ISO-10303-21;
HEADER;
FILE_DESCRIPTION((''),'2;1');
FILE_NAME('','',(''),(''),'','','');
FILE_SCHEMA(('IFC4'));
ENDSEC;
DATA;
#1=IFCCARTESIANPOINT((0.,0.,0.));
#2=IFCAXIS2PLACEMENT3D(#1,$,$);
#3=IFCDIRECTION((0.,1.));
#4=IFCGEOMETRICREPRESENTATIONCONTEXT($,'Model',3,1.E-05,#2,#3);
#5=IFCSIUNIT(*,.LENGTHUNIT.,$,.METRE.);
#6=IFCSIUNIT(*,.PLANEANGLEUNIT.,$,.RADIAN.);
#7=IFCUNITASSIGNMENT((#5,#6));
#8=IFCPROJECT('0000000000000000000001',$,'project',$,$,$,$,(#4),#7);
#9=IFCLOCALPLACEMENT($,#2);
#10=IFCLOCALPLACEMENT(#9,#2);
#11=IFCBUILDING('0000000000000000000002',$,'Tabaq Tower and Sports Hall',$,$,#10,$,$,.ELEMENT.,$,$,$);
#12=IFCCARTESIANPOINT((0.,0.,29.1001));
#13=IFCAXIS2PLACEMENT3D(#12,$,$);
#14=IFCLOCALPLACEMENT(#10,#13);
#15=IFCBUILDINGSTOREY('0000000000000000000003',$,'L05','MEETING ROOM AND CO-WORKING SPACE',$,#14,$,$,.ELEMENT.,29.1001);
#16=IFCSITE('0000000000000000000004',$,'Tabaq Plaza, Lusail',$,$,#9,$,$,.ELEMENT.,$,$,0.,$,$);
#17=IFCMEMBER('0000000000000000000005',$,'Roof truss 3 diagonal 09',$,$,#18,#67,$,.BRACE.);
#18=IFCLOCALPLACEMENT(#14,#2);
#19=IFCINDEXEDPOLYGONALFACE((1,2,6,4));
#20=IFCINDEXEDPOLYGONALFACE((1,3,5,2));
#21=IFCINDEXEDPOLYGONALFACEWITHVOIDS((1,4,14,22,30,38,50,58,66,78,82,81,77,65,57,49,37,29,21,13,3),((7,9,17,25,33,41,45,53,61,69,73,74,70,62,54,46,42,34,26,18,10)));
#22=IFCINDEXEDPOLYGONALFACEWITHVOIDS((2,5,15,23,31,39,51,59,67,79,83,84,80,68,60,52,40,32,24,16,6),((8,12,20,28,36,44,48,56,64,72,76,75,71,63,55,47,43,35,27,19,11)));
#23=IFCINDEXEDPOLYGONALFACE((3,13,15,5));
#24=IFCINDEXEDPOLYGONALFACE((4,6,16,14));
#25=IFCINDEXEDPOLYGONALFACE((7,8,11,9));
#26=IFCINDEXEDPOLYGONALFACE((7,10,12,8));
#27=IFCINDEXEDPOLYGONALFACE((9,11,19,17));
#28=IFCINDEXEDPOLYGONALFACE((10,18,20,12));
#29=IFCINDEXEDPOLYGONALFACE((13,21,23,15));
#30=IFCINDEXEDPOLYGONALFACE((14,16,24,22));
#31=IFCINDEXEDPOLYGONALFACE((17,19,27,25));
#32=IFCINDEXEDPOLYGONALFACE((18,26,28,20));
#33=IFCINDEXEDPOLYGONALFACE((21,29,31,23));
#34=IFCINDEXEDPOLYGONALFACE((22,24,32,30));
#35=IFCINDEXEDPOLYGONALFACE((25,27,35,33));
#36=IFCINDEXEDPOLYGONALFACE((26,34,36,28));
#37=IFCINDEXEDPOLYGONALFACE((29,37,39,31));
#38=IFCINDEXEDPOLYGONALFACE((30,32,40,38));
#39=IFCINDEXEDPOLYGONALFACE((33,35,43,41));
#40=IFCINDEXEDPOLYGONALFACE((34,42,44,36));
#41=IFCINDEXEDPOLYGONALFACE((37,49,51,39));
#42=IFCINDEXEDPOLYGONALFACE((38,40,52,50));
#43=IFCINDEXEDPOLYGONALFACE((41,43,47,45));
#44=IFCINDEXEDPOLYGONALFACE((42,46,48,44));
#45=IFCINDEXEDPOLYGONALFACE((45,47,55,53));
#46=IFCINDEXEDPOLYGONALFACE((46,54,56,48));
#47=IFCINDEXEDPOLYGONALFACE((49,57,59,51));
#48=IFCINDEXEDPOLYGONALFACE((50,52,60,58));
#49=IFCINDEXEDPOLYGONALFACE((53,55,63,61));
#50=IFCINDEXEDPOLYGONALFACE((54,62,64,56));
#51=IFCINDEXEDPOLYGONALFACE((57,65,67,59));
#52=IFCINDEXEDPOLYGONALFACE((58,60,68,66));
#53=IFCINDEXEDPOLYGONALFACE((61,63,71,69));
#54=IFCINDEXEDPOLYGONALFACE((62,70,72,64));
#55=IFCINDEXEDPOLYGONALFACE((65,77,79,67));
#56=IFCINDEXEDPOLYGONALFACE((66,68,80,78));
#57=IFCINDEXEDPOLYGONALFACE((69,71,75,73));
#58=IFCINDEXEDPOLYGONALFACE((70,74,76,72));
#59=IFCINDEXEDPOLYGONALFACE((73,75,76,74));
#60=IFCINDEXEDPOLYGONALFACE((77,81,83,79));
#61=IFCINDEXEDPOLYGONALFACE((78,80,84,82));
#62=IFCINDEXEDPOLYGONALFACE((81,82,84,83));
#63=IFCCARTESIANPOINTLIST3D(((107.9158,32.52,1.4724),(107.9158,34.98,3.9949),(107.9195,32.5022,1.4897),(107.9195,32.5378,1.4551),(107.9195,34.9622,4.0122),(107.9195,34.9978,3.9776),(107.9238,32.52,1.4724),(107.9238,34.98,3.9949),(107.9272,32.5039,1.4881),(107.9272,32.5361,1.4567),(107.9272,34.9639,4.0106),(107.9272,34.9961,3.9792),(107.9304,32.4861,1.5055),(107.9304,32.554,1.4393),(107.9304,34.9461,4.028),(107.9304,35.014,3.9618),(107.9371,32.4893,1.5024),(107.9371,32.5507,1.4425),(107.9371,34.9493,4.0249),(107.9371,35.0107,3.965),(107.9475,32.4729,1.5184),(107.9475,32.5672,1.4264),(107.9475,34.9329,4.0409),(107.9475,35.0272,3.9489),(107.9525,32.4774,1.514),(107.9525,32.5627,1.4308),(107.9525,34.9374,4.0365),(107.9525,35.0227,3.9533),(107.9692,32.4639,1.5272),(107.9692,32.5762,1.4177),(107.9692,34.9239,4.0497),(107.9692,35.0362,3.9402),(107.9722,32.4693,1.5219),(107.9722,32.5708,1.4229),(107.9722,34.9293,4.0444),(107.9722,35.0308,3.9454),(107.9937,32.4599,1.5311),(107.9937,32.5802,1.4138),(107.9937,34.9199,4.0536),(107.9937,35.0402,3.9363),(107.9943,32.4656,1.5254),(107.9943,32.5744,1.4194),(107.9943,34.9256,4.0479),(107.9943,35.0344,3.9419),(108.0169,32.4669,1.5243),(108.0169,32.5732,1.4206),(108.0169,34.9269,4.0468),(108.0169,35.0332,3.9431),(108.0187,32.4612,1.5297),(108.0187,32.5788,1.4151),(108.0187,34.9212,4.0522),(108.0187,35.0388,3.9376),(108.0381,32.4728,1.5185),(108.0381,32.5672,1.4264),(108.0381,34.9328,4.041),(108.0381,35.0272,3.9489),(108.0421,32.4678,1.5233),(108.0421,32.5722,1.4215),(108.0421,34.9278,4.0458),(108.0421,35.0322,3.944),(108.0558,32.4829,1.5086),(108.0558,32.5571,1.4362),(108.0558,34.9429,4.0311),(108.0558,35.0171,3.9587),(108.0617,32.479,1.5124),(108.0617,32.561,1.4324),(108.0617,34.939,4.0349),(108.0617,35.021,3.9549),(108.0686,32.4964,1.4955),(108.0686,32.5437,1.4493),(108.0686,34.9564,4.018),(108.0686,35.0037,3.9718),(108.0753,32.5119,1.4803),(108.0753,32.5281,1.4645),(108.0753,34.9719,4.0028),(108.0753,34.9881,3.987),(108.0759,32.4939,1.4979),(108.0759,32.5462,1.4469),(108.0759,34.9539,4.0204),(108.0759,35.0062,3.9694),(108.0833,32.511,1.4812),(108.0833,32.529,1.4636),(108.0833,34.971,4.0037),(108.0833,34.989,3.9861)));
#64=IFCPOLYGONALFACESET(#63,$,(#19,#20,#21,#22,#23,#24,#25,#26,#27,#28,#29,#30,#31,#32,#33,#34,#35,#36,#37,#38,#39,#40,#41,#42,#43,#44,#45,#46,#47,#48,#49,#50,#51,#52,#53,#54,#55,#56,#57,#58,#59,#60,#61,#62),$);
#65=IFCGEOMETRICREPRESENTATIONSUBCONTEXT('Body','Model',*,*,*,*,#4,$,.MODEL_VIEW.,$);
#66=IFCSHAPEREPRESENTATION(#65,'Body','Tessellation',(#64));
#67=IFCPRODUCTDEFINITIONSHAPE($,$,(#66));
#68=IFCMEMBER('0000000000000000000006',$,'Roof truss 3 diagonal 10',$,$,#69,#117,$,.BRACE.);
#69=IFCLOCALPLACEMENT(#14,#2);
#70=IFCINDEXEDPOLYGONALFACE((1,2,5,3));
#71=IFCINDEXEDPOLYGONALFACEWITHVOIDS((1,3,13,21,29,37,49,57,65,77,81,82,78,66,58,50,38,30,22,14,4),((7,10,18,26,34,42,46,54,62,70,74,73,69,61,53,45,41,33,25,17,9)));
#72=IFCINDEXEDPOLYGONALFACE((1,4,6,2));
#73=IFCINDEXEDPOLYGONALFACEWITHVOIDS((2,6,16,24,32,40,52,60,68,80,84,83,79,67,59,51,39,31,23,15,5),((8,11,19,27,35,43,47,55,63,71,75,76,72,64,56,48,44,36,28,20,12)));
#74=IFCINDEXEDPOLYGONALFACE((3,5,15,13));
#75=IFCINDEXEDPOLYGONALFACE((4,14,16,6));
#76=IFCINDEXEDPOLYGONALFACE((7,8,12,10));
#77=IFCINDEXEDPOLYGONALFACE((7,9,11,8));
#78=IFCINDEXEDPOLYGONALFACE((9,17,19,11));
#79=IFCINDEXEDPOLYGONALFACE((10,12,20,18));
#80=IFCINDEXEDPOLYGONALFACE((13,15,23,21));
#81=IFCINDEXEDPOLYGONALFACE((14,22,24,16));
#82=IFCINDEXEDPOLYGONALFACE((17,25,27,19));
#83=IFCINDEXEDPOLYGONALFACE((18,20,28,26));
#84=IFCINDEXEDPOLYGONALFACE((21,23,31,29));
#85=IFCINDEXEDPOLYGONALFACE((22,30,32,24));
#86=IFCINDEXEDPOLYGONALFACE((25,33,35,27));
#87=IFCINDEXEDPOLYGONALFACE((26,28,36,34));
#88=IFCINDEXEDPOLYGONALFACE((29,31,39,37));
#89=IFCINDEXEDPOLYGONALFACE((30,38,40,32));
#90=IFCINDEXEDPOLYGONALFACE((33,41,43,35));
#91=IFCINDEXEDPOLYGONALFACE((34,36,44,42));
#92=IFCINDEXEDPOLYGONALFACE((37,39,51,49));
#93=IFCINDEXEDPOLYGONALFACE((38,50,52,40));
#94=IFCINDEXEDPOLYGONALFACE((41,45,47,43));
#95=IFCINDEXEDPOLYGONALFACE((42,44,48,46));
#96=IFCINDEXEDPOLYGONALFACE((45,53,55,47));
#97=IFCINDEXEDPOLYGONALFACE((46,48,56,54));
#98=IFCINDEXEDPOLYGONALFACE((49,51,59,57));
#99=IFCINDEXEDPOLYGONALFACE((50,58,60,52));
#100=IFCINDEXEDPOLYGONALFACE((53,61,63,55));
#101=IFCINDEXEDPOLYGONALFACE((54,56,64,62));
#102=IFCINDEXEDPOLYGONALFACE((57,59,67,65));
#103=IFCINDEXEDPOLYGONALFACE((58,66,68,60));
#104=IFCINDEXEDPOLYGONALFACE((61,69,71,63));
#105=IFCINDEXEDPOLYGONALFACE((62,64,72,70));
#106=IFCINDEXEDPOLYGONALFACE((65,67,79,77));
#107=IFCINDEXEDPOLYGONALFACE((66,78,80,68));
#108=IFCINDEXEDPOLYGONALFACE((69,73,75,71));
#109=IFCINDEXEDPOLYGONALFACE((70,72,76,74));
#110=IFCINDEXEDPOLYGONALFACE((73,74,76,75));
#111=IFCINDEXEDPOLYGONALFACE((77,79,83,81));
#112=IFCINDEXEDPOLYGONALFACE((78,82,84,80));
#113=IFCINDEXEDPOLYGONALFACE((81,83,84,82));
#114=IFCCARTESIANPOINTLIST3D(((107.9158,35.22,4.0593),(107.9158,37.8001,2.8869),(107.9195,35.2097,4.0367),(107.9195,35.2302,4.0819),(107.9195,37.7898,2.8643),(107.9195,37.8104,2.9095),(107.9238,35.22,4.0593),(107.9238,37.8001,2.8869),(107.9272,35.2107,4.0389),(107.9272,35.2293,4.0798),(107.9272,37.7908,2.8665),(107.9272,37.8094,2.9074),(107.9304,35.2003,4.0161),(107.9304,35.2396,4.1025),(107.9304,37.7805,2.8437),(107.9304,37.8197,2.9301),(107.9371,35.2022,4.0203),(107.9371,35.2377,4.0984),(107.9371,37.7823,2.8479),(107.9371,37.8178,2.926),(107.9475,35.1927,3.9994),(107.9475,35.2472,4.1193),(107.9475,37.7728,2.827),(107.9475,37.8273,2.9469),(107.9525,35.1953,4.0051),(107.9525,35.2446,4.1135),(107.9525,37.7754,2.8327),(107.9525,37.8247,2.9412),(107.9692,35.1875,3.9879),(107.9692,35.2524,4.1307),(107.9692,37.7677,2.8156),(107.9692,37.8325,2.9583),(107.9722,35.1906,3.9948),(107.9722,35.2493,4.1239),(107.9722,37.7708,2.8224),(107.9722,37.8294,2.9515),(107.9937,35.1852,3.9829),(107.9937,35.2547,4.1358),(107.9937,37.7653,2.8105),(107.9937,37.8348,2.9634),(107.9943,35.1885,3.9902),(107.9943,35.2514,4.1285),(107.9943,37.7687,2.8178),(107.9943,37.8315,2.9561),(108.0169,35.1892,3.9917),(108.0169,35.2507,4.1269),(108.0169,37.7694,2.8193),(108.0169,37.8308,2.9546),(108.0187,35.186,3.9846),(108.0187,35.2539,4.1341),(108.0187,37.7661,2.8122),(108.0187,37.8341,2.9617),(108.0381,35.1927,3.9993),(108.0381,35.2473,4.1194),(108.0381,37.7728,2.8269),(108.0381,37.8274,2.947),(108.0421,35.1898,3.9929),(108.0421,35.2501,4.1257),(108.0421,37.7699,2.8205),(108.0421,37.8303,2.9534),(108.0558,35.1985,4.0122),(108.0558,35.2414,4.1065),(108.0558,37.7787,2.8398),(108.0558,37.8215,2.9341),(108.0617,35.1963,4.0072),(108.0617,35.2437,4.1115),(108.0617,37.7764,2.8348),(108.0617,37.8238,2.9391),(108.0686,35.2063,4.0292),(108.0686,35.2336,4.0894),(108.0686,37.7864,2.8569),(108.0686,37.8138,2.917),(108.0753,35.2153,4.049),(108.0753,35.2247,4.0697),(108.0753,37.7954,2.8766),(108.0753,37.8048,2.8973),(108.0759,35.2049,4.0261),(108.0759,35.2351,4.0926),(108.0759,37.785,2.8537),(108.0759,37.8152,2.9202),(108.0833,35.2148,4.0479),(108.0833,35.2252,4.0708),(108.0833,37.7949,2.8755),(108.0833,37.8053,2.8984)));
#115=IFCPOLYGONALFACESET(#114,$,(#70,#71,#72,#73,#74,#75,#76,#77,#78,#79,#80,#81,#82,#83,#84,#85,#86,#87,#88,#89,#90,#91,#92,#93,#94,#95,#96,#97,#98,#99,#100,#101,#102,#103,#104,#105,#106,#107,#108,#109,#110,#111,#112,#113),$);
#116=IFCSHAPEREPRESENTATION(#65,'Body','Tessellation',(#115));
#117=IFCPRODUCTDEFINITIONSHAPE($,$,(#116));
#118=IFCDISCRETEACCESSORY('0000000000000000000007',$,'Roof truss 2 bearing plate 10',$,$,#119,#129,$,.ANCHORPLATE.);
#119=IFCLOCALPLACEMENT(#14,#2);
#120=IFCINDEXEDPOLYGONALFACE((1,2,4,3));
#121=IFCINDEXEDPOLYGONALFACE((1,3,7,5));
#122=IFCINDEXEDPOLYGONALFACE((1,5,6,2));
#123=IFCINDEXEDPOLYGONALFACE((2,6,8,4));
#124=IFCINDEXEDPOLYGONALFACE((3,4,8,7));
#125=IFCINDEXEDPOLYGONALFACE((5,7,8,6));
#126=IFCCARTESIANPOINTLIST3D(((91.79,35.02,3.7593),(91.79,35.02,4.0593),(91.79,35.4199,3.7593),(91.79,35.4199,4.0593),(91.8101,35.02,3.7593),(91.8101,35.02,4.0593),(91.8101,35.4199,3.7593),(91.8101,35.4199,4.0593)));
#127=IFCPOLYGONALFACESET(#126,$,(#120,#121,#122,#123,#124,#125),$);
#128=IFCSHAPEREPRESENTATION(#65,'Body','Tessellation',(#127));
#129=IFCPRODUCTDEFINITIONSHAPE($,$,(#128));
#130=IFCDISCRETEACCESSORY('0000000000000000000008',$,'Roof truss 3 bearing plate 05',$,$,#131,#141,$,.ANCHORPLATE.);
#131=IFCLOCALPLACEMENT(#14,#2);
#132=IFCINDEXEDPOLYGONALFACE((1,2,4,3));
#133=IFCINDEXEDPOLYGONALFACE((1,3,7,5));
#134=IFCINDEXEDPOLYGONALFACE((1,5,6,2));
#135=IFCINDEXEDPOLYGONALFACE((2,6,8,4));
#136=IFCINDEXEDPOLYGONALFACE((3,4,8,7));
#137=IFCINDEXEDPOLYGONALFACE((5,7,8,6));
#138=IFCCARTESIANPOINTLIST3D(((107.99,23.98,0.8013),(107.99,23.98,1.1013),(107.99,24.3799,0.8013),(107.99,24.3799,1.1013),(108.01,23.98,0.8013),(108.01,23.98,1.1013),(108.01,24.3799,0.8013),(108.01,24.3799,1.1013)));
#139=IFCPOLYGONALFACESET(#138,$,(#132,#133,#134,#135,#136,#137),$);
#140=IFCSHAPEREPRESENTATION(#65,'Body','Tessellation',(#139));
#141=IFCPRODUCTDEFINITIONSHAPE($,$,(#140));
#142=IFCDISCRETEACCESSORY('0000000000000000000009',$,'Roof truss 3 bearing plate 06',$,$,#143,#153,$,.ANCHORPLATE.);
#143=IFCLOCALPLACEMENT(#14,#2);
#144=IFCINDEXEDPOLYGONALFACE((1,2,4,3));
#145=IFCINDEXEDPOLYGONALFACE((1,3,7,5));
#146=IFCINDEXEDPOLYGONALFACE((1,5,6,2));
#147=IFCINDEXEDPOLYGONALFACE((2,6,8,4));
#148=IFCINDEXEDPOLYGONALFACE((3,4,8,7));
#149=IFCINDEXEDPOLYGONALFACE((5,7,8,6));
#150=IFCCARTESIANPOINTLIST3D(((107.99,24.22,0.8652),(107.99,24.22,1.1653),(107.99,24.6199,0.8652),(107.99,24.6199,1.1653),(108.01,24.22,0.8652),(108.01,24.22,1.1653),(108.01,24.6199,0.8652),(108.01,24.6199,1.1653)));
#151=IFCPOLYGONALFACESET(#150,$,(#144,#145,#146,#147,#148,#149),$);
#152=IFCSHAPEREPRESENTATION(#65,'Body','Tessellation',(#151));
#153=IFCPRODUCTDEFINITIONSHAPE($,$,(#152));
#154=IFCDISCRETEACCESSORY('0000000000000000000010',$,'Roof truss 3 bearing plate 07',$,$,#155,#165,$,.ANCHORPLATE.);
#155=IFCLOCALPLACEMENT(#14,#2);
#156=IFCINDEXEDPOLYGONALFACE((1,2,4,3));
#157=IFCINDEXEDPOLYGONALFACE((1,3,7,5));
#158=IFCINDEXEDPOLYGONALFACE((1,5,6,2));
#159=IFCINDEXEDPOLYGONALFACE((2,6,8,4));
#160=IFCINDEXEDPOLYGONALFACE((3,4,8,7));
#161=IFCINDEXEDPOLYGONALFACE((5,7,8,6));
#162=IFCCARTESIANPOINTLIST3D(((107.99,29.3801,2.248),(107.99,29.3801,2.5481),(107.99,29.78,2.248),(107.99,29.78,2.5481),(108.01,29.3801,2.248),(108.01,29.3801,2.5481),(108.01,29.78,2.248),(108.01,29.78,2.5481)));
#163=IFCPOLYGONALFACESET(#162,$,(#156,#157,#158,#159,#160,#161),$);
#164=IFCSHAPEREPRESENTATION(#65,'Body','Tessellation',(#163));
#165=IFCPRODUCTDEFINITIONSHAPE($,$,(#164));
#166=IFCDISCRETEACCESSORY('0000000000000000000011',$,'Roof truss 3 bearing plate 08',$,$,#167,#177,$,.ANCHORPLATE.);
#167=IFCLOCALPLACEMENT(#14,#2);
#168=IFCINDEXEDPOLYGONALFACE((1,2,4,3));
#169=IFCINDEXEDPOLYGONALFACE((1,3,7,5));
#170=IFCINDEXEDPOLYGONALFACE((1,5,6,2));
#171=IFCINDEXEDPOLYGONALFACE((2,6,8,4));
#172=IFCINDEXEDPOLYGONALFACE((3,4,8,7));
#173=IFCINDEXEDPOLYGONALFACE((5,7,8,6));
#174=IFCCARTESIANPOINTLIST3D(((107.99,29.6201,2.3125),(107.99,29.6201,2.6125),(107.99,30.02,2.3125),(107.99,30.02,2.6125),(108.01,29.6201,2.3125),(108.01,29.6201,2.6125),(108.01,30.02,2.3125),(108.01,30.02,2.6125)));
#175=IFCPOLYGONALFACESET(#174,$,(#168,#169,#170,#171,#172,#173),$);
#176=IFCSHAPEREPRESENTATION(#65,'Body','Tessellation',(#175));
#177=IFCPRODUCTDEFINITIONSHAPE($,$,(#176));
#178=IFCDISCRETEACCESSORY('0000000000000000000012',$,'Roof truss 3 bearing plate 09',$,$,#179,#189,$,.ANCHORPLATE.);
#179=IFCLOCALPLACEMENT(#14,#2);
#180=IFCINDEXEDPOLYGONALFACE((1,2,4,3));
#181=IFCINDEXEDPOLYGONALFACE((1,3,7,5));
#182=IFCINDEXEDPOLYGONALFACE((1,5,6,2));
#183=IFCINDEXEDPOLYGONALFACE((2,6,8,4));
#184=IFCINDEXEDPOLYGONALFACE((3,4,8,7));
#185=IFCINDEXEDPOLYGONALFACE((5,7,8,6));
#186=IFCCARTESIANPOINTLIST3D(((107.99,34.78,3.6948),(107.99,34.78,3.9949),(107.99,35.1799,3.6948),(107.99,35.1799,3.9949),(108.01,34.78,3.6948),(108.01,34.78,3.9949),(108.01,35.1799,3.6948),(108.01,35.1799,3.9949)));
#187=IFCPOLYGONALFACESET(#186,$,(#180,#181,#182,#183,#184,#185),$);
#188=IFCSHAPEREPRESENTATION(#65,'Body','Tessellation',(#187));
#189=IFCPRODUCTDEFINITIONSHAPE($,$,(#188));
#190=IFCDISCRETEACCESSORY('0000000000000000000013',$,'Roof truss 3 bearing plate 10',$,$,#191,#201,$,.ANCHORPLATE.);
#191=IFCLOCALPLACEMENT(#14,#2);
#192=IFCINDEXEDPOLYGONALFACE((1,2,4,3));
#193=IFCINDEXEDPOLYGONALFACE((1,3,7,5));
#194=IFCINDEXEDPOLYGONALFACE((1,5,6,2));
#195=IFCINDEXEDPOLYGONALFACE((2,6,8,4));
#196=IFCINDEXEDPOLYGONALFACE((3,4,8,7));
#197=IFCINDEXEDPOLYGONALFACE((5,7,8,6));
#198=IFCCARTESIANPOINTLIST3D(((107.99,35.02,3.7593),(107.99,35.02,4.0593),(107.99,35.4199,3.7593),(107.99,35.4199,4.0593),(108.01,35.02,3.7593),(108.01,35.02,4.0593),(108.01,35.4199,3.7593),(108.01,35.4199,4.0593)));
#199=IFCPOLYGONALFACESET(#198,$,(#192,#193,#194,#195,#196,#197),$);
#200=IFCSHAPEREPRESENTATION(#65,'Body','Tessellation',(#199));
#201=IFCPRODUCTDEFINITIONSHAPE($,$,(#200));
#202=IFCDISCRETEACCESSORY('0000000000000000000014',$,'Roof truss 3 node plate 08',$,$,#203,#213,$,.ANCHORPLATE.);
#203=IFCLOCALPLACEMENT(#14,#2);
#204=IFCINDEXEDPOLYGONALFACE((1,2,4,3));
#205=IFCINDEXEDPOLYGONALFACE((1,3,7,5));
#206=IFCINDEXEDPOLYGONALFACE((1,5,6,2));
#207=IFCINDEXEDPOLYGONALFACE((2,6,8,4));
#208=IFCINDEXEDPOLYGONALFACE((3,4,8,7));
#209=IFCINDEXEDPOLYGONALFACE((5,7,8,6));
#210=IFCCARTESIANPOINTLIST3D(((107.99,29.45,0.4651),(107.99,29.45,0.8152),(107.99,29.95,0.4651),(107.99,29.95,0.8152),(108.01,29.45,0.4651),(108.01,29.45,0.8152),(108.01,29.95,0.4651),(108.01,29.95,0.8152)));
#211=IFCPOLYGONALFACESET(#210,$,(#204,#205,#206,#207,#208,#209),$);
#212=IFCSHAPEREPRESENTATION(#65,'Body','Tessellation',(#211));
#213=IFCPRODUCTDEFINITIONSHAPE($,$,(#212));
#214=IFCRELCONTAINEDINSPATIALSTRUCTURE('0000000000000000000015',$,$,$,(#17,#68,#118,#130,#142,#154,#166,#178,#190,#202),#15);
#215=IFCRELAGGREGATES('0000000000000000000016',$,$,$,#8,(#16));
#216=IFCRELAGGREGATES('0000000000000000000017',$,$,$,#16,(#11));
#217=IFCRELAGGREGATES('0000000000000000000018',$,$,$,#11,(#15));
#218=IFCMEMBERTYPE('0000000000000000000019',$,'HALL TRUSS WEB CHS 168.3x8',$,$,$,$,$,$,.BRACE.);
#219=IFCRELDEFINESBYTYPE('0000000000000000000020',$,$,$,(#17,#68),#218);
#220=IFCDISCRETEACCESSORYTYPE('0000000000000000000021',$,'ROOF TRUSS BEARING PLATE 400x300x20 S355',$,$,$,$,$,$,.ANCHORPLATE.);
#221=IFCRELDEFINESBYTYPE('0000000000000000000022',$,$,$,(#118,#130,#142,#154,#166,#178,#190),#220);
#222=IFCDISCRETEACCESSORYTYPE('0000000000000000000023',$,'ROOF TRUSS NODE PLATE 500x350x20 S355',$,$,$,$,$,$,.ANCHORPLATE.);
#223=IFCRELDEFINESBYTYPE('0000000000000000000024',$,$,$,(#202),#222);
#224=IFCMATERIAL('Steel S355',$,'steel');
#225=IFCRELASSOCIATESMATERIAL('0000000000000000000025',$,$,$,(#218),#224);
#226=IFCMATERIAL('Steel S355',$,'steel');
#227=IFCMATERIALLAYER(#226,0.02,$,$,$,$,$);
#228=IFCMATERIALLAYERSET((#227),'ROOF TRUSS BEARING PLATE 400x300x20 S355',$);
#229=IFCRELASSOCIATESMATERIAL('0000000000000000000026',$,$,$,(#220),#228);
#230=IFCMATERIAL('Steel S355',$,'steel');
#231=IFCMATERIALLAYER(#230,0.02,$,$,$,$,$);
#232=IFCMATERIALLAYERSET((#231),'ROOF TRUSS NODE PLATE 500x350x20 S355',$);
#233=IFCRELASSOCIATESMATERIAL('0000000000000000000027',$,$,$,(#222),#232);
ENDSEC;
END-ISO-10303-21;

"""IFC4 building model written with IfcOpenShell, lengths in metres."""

from ifc_helpers import new_model, si_unit, direction, frame, origin, origin_2d, place, context, subcontext, project, spatial, rectangle, hollow_circle, extrude, material, layer, layer_set, material_profile, profile_set, type_object, element, save


model = new_model("IFC4")

# Units and contexts
model_context = context("Model", 3, precision=1e-05, world=origin(), true_north=direction((0.0, 1.0)))
body_context = subcontext(model_context, "Body", "Model", "MODEL_VIEW")
ifc_project = project(units=[si_unit("LENGTHUNIT", "METRE"), si_unit("PLANEANGLEUNIT", "RADIAN")], contexts=[model_context])

# Site, building, storey
site_placement = place(None, origin())
site = spatial("IfcSite", under=ifc_project, at=site_placement, Name="Tabaq Plaza, Lusail", CompositionType="ELEMENT", RefElevation=0.0)
building_placement = place(site_placement, origin())
building = spatial("IfcBuilding", under=site, at=building_placement, Name="Tabaq Tower and Sports Hall", CompositionType="ELEMENT")
storey_placement = place(building_placement, frame((0.0, 0.0, 29.1001)))
storey = spatial("IfcBuildingStorey", under=building, at=storey_placement, Name="L05", Description="MEETING ROOM AND CO-WORKING SPACE", CompositionType="ELEMENT", Elevation=29.1001)

# Members
ifc_material_1 = material(Name="Steel S355", Category="steel")
ifc_material_profile_1 = material_profile(ifc_material_1, hollow_circle(Radius=0.0842, WallThickness=0.0081, at=origin_2d()), Name="CHS 168.3x8")
ifc_profile_set_1 = profile_set([ifc_material_profile_1], Name="Steel S355")
member_type_1 = type_object("IfcMemberType", Name="HALL TRUSS WEB CHS 168.3x8", PredefinedType="BRACE", material=ifc_profile_set_1)
member_1_placement = place(storey_placement, frame((108.0, 32.52, 1.4724), z_axis=(0.0, 0.698182, 0.71592), x_axis=(-1.0, 0.0, 0.0)))
element("IfcMember", 1, at=member_1_placement, inside=storey, type_object=member_type_1, Name="Roof truss 3 diagonal 09", PredefinedType="BRACE", context=body_context, shape_type="SweptSolid", body=[
    extrude(hollow_circle(Radius=0.0842, WallThickness=0.0081, at=origin_2d()), origin(), (0.0, 0.0, 1.0), 3.5234),
])
member_2_placement = place(storey_placement, frame((108.0, 35.22, 4.0593), z_axis=(0.0, 0.91042, -0.413686), x_axis=(-1.0, 0.0, 0.0)))
element("IfcMember", 2, at=member_2_placement, inside=storey, type_object=member_type_1, Name="Roof truss 3 diagonal 10", PredefinedType="BRACE", context=body_context, shape_type="SweptSolid", body=[
    extrude(hollow_circle(Radius=0.0842, WallThickness=0.0081, at=origin_2d()), origin(), (0.0, 0.0, 1.0), 2.834),
])

# Discrete accessories
ifc_material_2 = material(Name="Steel S355", Category="steel")
ifc_layer_1 = layer(ifc_material_2, 0.02)
ifc_layer_set_1 = layer_set([ifc_layer_1], Name="ROOF TRUSS BEARING PLATE 400x300x20 S355")
discrete_accessory_type_1 = type_object("IfcDiscreteAccessoryType", Name="ROOF TRUSS BEARING PLATE 400x300x20 S355", PredefinedType="ANCHORPLATE", material=ifc_layer_set_1)
for number, where, z_axis, x_axis, name in (
    (3, (91.8, 35.22, 3.7593), (0.0, 0.0, 1.0), (1.0, 0.0, 0.0), "Roof truss 2 bearing plate 10"),
    (4, (108.0, 24.1799, 0.8013), (0.0, 0.0, 1.0), (1.0, 0.0, 0.0), "Roof truss 3 bearing plate 05"),
    (5, (108.0, 24.4199, 0.8652), (0.0, 0.0, 1.0), (1.0, 0.0, 0.0), "Roof truss 3 bearing plate 06"),
    (6, (108.0, 29.5801, 2.248), (0.0, 0.0, 1.0), (1.0, 0.0, 0.0), "Roof truss 3 bearing plate 07"),
    (7, (108.0, 29.8201, 2.3125), (0.0, 0.0, 1.0), (1.0, 0.0, 0.0), "Roof truss 3 bearing plate 08"),
    (8, (108.0, 34.98, 3.6948), (0.0, 0.0, 1.0), (1.0, 0.0, 0.0), "Roof truss 3 bearing plate 09"),
    (9, (108.0, 35.22, 3.7593), (0.0, 0.0, 1.0), (1.0, 0.0, 0.0), "Roof truss 3 bearing plate 10"),
):
    element("IfcDiscreteAccessory", number, at=place(storey_placement, frame(where, z_axis=z_axis, x_axis=x_axis)), inside=storey, type_object=discrete_accessory_type_1, Name=name, PredefinedType="ANCHORPLATE", context=body_context, shape_type="SweptSolid", body=[
        extrude(rectangle(XDim=0.02, YDim=0.3999, at=origin_2d()), origin(), (0.0, 0.0, 1.0), 0.3),
    ])
ifc_material_3 = material(Name="Steel S355", Category="steel")
ifc_layer_2 = layer(ifc_material_3, 0.02)
ifc_layer_set_2 = layer_set([ifc_layer_2], Name="ROOF TRUSS NODE PLATE 500x350x20 S355")
discrete_accessory_type_2 = type_object("IfcDiscreteAccessoryType", Name="ROOF TRUSS NODE PLATE 500x350x20 S355", PredefinedType="ANCHORPLATE", material=ifc_layer_set_2)
for number, where, z_axis, x_axis, name in (
    (10, (108.0, 29.7, 0.4651), (0.0, 0.0, 1.0), (1.0, 0.0, 0.0), "Roof truss 3 node plate 08"),
):
    element("IfcDiscreteAccessory", number, at=place(storey_placement, frame(where, z_axis=z_axis, x_axis=x_axis)), inside=storey, type_object=discrete_accessory_type_2, Name=name, PredefinedType="ANCHORPLATE", context=body_context, shape_type="SweptSolid", body=[
        extrude(rectangle(XDim=0.02, YDim=0.5, at=origin_2d()), origin(), (0.0, 0.0, 1.0), 0.3501),
    ])

save(model, "model.ifc")
